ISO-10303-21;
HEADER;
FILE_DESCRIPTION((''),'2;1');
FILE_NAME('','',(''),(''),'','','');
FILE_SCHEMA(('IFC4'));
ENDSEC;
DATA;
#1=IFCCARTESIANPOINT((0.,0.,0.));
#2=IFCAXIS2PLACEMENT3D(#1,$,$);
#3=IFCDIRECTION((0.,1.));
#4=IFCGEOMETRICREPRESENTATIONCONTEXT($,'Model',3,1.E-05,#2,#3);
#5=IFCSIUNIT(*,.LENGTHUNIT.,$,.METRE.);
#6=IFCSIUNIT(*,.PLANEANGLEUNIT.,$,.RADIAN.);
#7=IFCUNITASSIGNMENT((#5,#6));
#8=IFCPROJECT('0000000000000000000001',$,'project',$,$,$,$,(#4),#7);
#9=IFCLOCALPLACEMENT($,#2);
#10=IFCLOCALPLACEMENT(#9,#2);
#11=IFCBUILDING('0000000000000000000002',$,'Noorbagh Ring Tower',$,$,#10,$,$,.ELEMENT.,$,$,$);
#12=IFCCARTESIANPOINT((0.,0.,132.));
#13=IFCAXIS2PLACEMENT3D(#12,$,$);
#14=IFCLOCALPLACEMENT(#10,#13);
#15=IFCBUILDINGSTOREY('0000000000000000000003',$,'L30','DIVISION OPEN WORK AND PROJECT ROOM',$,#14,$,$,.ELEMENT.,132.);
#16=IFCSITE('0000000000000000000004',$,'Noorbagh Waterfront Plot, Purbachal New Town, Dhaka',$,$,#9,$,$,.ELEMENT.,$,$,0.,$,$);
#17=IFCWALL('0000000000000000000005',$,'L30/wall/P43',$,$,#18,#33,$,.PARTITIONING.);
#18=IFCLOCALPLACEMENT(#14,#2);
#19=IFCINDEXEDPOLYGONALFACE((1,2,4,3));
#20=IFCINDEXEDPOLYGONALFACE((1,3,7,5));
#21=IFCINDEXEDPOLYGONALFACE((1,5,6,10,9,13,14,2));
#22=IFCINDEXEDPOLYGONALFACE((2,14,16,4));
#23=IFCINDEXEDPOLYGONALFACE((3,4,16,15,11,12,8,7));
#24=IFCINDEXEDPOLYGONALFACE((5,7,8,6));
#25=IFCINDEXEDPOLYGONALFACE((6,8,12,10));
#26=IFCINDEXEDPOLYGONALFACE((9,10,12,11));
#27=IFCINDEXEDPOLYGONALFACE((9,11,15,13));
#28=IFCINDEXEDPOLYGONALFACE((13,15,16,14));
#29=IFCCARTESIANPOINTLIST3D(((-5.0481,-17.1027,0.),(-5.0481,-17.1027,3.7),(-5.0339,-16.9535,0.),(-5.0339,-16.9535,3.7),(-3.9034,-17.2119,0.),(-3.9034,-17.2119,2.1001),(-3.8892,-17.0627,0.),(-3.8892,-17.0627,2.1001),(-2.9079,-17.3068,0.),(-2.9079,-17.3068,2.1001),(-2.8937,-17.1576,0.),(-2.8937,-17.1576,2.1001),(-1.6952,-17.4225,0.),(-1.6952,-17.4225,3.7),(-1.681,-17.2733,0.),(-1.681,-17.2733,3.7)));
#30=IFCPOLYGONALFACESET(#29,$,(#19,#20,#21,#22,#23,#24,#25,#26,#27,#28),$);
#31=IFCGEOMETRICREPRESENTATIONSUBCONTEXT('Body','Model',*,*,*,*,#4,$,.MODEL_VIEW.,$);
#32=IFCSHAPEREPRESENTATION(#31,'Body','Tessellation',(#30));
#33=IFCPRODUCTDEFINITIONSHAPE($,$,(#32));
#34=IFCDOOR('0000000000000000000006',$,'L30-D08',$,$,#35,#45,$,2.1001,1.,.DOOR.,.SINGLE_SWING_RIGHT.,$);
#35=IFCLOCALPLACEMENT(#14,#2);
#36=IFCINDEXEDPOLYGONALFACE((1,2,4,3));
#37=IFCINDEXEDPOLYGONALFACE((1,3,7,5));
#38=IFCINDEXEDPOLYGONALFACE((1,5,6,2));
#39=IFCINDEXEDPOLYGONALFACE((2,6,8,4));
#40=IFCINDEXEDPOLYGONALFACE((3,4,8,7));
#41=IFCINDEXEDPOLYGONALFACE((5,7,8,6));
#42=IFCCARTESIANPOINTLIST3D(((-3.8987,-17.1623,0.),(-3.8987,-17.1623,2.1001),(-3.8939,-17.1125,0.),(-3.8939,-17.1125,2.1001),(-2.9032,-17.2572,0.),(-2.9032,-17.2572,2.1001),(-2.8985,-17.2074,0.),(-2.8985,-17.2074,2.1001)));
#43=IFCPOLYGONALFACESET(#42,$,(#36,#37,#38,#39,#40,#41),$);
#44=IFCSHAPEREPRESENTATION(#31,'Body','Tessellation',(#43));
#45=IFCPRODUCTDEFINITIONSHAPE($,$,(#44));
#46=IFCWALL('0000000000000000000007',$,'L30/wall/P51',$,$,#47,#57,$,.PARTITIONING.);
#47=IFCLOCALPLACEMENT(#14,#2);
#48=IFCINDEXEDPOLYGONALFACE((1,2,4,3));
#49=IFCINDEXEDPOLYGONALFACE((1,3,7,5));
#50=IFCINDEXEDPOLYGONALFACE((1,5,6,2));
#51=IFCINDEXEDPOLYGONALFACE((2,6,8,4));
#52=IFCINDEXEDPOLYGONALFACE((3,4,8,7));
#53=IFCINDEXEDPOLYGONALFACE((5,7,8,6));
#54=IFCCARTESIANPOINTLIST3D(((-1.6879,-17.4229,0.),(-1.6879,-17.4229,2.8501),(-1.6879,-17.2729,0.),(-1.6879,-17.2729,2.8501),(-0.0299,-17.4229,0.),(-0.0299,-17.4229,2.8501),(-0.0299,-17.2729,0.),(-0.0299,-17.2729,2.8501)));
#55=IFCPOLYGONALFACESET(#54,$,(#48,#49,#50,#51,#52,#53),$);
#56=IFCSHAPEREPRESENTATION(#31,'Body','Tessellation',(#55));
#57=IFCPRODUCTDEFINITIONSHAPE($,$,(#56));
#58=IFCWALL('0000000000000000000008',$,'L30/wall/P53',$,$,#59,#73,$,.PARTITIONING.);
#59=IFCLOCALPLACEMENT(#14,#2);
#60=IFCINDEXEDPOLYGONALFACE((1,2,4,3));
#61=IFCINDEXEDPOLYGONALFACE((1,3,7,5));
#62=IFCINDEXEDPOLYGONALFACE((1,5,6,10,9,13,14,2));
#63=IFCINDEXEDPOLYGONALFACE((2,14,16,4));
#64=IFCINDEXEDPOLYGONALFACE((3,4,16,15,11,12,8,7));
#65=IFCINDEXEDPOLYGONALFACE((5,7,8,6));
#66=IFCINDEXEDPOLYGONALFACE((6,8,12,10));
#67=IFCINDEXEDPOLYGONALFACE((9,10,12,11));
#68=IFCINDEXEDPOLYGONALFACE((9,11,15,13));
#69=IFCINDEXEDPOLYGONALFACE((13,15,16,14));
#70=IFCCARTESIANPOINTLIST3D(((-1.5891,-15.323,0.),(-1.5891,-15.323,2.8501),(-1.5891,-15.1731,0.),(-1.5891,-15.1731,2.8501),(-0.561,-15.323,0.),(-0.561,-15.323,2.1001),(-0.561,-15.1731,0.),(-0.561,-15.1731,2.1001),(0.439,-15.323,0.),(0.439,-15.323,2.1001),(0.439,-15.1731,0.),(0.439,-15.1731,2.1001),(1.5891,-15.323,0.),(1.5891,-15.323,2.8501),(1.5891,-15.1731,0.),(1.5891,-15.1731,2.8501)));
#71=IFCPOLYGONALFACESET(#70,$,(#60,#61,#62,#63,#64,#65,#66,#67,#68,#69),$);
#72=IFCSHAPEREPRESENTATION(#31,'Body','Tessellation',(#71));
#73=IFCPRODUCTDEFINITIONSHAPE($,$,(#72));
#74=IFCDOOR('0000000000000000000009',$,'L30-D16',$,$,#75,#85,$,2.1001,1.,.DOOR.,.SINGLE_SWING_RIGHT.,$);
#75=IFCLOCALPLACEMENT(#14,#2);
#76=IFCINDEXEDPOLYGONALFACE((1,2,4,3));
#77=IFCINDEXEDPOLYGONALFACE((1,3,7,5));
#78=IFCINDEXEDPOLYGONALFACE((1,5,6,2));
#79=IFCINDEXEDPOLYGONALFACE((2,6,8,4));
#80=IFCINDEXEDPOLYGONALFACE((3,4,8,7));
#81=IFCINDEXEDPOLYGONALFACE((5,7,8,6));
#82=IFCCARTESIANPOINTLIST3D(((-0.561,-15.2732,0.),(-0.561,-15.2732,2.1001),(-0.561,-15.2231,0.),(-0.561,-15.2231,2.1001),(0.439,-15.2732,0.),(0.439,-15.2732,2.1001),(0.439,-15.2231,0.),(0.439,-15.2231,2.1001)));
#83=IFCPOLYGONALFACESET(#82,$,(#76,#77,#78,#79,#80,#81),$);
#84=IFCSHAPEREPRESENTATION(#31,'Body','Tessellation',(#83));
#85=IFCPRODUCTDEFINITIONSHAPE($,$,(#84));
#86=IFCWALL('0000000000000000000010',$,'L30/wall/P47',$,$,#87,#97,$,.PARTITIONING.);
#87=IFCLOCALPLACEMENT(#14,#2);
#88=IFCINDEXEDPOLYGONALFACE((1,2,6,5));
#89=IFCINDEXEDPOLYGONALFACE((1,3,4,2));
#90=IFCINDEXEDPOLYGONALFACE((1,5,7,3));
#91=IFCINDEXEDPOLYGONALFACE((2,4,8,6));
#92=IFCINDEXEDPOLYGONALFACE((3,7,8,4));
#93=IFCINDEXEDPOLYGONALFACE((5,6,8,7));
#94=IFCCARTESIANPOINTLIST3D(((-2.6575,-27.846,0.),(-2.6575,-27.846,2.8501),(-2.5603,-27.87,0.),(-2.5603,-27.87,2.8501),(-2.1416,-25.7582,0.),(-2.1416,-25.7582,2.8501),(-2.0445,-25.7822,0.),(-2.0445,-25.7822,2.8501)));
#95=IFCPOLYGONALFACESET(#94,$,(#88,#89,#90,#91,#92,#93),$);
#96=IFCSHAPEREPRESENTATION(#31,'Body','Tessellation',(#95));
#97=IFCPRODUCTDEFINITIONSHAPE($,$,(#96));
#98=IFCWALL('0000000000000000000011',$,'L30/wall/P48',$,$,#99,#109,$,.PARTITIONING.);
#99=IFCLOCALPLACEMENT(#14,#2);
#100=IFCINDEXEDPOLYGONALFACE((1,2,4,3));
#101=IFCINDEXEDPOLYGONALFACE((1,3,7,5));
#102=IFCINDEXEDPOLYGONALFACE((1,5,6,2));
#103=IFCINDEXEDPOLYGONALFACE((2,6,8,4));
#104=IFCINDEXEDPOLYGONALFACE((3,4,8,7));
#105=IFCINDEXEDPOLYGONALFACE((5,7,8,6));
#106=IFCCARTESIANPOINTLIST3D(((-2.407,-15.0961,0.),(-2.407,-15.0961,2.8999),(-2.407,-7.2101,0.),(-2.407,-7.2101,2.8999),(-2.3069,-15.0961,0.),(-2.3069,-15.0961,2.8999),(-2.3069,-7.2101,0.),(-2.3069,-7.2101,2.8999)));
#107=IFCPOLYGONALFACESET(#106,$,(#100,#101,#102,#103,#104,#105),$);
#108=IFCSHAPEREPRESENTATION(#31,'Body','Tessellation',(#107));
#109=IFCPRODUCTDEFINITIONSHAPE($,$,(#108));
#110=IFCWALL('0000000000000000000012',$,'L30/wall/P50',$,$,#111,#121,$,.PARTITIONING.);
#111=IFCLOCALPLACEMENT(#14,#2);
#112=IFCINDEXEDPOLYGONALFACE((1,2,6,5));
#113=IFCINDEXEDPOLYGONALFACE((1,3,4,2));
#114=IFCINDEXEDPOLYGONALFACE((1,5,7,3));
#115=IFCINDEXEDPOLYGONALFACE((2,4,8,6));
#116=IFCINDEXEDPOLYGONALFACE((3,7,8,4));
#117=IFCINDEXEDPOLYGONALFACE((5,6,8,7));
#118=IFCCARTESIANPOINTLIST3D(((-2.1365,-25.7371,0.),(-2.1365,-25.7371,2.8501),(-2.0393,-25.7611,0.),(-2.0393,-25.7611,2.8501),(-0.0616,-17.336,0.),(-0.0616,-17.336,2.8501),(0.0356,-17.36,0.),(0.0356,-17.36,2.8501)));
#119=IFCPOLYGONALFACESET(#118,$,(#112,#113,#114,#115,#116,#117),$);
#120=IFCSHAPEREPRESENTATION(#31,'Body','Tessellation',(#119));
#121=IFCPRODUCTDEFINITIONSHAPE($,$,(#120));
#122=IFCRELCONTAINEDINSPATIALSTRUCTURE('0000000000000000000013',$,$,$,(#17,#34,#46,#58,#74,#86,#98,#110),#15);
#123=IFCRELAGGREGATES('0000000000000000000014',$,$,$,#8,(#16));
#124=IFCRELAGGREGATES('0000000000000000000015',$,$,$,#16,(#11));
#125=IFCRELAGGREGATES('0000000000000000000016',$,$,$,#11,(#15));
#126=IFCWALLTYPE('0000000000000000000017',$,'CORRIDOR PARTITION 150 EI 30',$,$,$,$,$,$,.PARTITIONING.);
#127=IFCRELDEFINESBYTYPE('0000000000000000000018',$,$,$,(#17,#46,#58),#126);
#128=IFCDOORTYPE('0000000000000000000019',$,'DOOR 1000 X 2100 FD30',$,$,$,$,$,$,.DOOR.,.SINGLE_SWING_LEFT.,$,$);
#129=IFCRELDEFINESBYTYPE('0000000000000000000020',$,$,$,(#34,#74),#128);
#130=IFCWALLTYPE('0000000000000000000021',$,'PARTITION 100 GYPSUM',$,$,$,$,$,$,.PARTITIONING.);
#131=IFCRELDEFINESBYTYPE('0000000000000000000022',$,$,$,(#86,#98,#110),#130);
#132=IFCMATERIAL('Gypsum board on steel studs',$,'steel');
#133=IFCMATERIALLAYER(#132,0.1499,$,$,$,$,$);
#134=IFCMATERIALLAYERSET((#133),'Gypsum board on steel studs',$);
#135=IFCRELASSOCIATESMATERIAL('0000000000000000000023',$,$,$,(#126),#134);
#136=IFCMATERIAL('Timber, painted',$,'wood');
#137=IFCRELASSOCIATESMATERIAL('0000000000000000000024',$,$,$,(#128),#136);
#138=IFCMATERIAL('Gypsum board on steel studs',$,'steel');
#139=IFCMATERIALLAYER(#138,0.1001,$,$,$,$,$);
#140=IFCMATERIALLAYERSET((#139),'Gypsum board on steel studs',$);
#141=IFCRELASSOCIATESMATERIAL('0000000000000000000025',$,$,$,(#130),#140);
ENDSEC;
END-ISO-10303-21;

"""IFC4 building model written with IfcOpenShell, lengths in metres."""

from ifc_helpers import new_model, si_unit, direction, frame, frame_2d, origin, place, context, subcontext, project, spatial, rectangle, extrude, material, layer, layer_set, type_object, element, fill, save


model = new_model("IFC4")

# Units and contexts
model_context = context("Model", 3, precision=1e-05, world=origin(), true_north=direction((0.0, 1.0)))
body_context = subcontext(model_context, "Body", "Model", "MODEL_VIEW")
ifc_project = project(units=[si_unit("LENGTHUNIT", "METRE"), si_unit("PLANEANGLEUNIT", "RADIAN")], contexts=[model_context])

# Site, building, storey
site_placement = place(None, origin())
site = spatial("IfcSite", under=ifc_project, at=site_placement, Name="Noorbagh Waterfront Plot, Purbachal New Town, Dhaka", CompositionType="ELEMENT", RefElevation=0.0)
building_placement = place(site_placement, origin())
building = spatial("IfcBuilding", under=site, at=building_placement, Name="Noorbagh Ring Tower", CompositionType="ELEMENT")
storey_placement = place(building_placement, frame((0.0, 0.0, 132.0)))
storey = spatial("IfcBuildingStorey", under=building, at=storey_placement, Name="L30", Description="DIVISION OPEN WORK AND PROJECT ROOM", CompositionType="ELEMENT", Elevation=132.0)

# Shared definitions
ifc_material_1 = material(Name="Gypsum board on steel studs", Category="steel")
ifc_layer_1 = layer(ifc_material_1, 0.1499)
ifc_layer_set_1 = layer_set([ifc_layer_1], Name="Gypsum board on steel studs")
wall_type_1 = type_object("IfcWallType", Name="CORRIDOR PARTITION 150 EI 30", PredefinedType="PARTITIONING", material=ifc_layer_set_1)

# Wall, opening, door
wall_1_placement = place(storey_placement, frame((-5.041, -17.0281, 0.0), z_axis=(0.0, 0.0, 1.0), x_axis=(0.995482, -0.094953, 0.0)))
wall_1 = element("IfcWall", 1, at=wall_1_placement, inside=storey, type_object=wall_type_1, Name="L30/wall/P43", PredefinedType="PARTITIONING", context=body_context, shape_type="SweptSolid", body=[
    extrude(rectangle(XDim=3.3682, YDim=0.1499, at=frame_2d((1.6841, 0.0))), origin(), (0.0, 0.0, 1.0), 3.7),
])
opening_1_placement = place(wall_1_placement, frame((1.1499, 0.0, 0.0)))
opening_1 = element("IfcOpeningElement", 2, at=opening_1_placement, cuts=wall_1, PredefinedType="OPENING", context=body_context, shape_type="SweptSolid", body=[
    extrude(rectangle(XDim=1.0, YDim=2.1001, at=frame_2d((0.5, 1.05))), frame((0.0, 0.085, 0.0), z_axis=(0.0, -1.0, 0.0), x_axis=(1.0, 0.0, 0.0)), (0.0, 0.0, 1.0), 0.1699),
])
ifc_material_2 = material(Name="Timber, painted", Category="wood")
door_type = type_object("IfcDoorType", Name="DOOR 1000 X 2100 FD30", OperationType="SINGLE_SWING_LEFT", PredefinedType="DOOR", material=ifc_material_2)
door_1_placement = place(opening_1_placement, origin())
door_1 = element("IfcDoor", 3, at=door_1_placement, inside=storey, type_object=door_type, Name="L30-D08", OperationType="SINGLE_SWING_RIGHT", OverallHeight=2.1001, OverallWidth=1.0, PredefinedType="DOOR", context=body_context, shape_type="SweptSolid", body=[
    extrude(rectangle(XDim=1.0, YDim=2.1001, at=frame_2d((0.5, 1.05))), frame((0.0, 0.0249, 0.0), z_axis=(0.0, -1.0, 0.0), x_axis=(1.0, 0.0, 0.0)), (0.0, 0.0, 1.0), 0.05),
])
fill(opening_1, door_1)

# Wall
wall_2_placement = place(storey_placement, frame((-1.688, -17.3479, 0.0), z_axis=(0.0, 0.0, 1.0), x_axis=(1.0, 0.0, 0.0)))
element("IfcWall", 4, at=wall_2_placement, inside=storey, type_object=wall_type_1, Name="L30/wall/P51", PredefinedType="PARTITIONING", context=body_context, shape_type="SweptSolid", body=[
    extrude(rectangle(XDim=1.658, YDim=0.1499, at=frame_2d((0.8291, 0.0))), origin(), (0.0, 0.0, 1.0), 2.8501),
])

# Wall, opening, door
wall_3_placement = place(storey_placement, frame((-1.5891, -15.248, 0.0), z_axis=(0.0, 0.0, 1.0), x_axis=(1.0, 0.0, 0.0)))
wall_3 = element("IfcWall", 5, at=wall_3_placement, inside=storey, type_object=wall_type_1, Name="L30/wall/P53", PredefinedType="PARTITIONING", context=body_context, shape_type="SweptSolid", body=[
    extrude(rectangle(XDim=3.1782, YDim=0.1499, at=frame_2d((1.5891, 0.0))), origin(), (0.0, 0.0, 1.0), 2.8501),
])
opening_2_placement = place(wall_3_placement, frame((1.0281, 0.0, 0.0)))
opening_2 = element("IfcOpeningElement", 6, at=opening_2_placement, cuts=wall_3, PredefinedType="OPENING", context=body_context, shape_type="SweptSolid", body=[
    extrude(rectangle(XDim=1.0, YDim=2.1001, at=frame_2d((0.5, 1.05))), frame((0.0, 0.085, 0.0), z_axis=(0.0, -1.0, 0.0), x_axis=(1.0, 0.0, 0.0)), (0.0, 0.0, 1.0), 0.1699),
])
door_2_placement = place(opening_2_placement, origin())
door_2 = element("IfcDoor", 7, at=door_2_placement, inside=storey, type_object=door_type, Name="L30-D16", OperationType="SINGLE_SWING_RIGHT", OverallHeight=2.1001, OverallWidth=1.0, PredefinedType="DOOR", context=body_context, shape_type="SweptSolid", body=[
    extrude(rectangle(XDim=1.0, YDim=2.1001, at=frame_2d((0.5, 1.05))), frame((0.0, 0.0249, 0.0), z_axis=(0.0, -1.0, 0.0), x_axis=(1.0, 0.0, 0.0)), (0.0, 0.0, 1.0), 0.05),
])
fill(opening_2, door_2)

# Walls
ifc_material_3 = material(Name="Gypsum board on steel studs", Category="steel")
ifc_layer_2 = layer(ifc_material_3, 0.1001)
ifc_layer_set_2 = layer_set([ifc_layer_2], Name="Gypsum board on steel studs")
wall_type_2 = type_object("IfcWallType", Name="PARTITION 100 GYPSUM", PredefinedType="PARTITIONING", material=ifc_layer_set_2)
wall_4_placement = place(storey_placement, frame((-2.6089, -27.8579, 0.0), z_axis=(0.0, 0.0, 1.0), x_axis=(0.239864, 0.970807, 0.0)))
element("IfcWall", 8, at=wall_4_placement, inside=storey, type_object=wall_type_2, Name="L30/wall/P47", PredefinedType="PARTITIONING", context=body_context, shape_type="SweptSolid", body=[
    extrude(rectangle(XDim=2.1506, YDim=0.1001, at=frame_2d((1.0752, 0.0))), origin(), (0.0, 0.0, 1.0), 2.8501),
])
wall_5_placement = place(storey_placement, frame((-2.3569, -15.0959, 0.0), z_axis=(0.0, 0.0, 1.0), x_axis=(0.0, 1.0, 0.0)))
element("IfcWall", 9, at=wall_5_placement, inside=storey, type_object=wall_type_2, Name="L30/wall/P48", PredefinedType="PARTITIONING", context=body_context, shape_type="SweptSolid", body=[
    extrude(rectangle(XDim=7.886, YDim=0.1001, at=frame_2d((3.9429, 0.0))), origin(), (0.0, 0.0, 1.0), 2.8999),
])
wall_6_placement = place(storey_placement, frame((-2.0879, -25.749, 0.0), z_axis=(0.0, 0.0, 1.0), x_axis=(0.23978, 0.970827, 0.0)))
element("IfcWall", 10, at=wall_6_placement, inside=storey, type_object=wall_type_2, Name="L30/wall/P50", PredefinedType="PARTITIONING", context=body_context, shape_type="SweptSolid", body=[
    extrude(rectangle(XDim=8.6536, YDim=0.1001, at=frame_2d((4.3267, 0.0))), origin(), (0.0, 0.0, 1.0), 2.8501),
])

save(model, "model.ifc")
